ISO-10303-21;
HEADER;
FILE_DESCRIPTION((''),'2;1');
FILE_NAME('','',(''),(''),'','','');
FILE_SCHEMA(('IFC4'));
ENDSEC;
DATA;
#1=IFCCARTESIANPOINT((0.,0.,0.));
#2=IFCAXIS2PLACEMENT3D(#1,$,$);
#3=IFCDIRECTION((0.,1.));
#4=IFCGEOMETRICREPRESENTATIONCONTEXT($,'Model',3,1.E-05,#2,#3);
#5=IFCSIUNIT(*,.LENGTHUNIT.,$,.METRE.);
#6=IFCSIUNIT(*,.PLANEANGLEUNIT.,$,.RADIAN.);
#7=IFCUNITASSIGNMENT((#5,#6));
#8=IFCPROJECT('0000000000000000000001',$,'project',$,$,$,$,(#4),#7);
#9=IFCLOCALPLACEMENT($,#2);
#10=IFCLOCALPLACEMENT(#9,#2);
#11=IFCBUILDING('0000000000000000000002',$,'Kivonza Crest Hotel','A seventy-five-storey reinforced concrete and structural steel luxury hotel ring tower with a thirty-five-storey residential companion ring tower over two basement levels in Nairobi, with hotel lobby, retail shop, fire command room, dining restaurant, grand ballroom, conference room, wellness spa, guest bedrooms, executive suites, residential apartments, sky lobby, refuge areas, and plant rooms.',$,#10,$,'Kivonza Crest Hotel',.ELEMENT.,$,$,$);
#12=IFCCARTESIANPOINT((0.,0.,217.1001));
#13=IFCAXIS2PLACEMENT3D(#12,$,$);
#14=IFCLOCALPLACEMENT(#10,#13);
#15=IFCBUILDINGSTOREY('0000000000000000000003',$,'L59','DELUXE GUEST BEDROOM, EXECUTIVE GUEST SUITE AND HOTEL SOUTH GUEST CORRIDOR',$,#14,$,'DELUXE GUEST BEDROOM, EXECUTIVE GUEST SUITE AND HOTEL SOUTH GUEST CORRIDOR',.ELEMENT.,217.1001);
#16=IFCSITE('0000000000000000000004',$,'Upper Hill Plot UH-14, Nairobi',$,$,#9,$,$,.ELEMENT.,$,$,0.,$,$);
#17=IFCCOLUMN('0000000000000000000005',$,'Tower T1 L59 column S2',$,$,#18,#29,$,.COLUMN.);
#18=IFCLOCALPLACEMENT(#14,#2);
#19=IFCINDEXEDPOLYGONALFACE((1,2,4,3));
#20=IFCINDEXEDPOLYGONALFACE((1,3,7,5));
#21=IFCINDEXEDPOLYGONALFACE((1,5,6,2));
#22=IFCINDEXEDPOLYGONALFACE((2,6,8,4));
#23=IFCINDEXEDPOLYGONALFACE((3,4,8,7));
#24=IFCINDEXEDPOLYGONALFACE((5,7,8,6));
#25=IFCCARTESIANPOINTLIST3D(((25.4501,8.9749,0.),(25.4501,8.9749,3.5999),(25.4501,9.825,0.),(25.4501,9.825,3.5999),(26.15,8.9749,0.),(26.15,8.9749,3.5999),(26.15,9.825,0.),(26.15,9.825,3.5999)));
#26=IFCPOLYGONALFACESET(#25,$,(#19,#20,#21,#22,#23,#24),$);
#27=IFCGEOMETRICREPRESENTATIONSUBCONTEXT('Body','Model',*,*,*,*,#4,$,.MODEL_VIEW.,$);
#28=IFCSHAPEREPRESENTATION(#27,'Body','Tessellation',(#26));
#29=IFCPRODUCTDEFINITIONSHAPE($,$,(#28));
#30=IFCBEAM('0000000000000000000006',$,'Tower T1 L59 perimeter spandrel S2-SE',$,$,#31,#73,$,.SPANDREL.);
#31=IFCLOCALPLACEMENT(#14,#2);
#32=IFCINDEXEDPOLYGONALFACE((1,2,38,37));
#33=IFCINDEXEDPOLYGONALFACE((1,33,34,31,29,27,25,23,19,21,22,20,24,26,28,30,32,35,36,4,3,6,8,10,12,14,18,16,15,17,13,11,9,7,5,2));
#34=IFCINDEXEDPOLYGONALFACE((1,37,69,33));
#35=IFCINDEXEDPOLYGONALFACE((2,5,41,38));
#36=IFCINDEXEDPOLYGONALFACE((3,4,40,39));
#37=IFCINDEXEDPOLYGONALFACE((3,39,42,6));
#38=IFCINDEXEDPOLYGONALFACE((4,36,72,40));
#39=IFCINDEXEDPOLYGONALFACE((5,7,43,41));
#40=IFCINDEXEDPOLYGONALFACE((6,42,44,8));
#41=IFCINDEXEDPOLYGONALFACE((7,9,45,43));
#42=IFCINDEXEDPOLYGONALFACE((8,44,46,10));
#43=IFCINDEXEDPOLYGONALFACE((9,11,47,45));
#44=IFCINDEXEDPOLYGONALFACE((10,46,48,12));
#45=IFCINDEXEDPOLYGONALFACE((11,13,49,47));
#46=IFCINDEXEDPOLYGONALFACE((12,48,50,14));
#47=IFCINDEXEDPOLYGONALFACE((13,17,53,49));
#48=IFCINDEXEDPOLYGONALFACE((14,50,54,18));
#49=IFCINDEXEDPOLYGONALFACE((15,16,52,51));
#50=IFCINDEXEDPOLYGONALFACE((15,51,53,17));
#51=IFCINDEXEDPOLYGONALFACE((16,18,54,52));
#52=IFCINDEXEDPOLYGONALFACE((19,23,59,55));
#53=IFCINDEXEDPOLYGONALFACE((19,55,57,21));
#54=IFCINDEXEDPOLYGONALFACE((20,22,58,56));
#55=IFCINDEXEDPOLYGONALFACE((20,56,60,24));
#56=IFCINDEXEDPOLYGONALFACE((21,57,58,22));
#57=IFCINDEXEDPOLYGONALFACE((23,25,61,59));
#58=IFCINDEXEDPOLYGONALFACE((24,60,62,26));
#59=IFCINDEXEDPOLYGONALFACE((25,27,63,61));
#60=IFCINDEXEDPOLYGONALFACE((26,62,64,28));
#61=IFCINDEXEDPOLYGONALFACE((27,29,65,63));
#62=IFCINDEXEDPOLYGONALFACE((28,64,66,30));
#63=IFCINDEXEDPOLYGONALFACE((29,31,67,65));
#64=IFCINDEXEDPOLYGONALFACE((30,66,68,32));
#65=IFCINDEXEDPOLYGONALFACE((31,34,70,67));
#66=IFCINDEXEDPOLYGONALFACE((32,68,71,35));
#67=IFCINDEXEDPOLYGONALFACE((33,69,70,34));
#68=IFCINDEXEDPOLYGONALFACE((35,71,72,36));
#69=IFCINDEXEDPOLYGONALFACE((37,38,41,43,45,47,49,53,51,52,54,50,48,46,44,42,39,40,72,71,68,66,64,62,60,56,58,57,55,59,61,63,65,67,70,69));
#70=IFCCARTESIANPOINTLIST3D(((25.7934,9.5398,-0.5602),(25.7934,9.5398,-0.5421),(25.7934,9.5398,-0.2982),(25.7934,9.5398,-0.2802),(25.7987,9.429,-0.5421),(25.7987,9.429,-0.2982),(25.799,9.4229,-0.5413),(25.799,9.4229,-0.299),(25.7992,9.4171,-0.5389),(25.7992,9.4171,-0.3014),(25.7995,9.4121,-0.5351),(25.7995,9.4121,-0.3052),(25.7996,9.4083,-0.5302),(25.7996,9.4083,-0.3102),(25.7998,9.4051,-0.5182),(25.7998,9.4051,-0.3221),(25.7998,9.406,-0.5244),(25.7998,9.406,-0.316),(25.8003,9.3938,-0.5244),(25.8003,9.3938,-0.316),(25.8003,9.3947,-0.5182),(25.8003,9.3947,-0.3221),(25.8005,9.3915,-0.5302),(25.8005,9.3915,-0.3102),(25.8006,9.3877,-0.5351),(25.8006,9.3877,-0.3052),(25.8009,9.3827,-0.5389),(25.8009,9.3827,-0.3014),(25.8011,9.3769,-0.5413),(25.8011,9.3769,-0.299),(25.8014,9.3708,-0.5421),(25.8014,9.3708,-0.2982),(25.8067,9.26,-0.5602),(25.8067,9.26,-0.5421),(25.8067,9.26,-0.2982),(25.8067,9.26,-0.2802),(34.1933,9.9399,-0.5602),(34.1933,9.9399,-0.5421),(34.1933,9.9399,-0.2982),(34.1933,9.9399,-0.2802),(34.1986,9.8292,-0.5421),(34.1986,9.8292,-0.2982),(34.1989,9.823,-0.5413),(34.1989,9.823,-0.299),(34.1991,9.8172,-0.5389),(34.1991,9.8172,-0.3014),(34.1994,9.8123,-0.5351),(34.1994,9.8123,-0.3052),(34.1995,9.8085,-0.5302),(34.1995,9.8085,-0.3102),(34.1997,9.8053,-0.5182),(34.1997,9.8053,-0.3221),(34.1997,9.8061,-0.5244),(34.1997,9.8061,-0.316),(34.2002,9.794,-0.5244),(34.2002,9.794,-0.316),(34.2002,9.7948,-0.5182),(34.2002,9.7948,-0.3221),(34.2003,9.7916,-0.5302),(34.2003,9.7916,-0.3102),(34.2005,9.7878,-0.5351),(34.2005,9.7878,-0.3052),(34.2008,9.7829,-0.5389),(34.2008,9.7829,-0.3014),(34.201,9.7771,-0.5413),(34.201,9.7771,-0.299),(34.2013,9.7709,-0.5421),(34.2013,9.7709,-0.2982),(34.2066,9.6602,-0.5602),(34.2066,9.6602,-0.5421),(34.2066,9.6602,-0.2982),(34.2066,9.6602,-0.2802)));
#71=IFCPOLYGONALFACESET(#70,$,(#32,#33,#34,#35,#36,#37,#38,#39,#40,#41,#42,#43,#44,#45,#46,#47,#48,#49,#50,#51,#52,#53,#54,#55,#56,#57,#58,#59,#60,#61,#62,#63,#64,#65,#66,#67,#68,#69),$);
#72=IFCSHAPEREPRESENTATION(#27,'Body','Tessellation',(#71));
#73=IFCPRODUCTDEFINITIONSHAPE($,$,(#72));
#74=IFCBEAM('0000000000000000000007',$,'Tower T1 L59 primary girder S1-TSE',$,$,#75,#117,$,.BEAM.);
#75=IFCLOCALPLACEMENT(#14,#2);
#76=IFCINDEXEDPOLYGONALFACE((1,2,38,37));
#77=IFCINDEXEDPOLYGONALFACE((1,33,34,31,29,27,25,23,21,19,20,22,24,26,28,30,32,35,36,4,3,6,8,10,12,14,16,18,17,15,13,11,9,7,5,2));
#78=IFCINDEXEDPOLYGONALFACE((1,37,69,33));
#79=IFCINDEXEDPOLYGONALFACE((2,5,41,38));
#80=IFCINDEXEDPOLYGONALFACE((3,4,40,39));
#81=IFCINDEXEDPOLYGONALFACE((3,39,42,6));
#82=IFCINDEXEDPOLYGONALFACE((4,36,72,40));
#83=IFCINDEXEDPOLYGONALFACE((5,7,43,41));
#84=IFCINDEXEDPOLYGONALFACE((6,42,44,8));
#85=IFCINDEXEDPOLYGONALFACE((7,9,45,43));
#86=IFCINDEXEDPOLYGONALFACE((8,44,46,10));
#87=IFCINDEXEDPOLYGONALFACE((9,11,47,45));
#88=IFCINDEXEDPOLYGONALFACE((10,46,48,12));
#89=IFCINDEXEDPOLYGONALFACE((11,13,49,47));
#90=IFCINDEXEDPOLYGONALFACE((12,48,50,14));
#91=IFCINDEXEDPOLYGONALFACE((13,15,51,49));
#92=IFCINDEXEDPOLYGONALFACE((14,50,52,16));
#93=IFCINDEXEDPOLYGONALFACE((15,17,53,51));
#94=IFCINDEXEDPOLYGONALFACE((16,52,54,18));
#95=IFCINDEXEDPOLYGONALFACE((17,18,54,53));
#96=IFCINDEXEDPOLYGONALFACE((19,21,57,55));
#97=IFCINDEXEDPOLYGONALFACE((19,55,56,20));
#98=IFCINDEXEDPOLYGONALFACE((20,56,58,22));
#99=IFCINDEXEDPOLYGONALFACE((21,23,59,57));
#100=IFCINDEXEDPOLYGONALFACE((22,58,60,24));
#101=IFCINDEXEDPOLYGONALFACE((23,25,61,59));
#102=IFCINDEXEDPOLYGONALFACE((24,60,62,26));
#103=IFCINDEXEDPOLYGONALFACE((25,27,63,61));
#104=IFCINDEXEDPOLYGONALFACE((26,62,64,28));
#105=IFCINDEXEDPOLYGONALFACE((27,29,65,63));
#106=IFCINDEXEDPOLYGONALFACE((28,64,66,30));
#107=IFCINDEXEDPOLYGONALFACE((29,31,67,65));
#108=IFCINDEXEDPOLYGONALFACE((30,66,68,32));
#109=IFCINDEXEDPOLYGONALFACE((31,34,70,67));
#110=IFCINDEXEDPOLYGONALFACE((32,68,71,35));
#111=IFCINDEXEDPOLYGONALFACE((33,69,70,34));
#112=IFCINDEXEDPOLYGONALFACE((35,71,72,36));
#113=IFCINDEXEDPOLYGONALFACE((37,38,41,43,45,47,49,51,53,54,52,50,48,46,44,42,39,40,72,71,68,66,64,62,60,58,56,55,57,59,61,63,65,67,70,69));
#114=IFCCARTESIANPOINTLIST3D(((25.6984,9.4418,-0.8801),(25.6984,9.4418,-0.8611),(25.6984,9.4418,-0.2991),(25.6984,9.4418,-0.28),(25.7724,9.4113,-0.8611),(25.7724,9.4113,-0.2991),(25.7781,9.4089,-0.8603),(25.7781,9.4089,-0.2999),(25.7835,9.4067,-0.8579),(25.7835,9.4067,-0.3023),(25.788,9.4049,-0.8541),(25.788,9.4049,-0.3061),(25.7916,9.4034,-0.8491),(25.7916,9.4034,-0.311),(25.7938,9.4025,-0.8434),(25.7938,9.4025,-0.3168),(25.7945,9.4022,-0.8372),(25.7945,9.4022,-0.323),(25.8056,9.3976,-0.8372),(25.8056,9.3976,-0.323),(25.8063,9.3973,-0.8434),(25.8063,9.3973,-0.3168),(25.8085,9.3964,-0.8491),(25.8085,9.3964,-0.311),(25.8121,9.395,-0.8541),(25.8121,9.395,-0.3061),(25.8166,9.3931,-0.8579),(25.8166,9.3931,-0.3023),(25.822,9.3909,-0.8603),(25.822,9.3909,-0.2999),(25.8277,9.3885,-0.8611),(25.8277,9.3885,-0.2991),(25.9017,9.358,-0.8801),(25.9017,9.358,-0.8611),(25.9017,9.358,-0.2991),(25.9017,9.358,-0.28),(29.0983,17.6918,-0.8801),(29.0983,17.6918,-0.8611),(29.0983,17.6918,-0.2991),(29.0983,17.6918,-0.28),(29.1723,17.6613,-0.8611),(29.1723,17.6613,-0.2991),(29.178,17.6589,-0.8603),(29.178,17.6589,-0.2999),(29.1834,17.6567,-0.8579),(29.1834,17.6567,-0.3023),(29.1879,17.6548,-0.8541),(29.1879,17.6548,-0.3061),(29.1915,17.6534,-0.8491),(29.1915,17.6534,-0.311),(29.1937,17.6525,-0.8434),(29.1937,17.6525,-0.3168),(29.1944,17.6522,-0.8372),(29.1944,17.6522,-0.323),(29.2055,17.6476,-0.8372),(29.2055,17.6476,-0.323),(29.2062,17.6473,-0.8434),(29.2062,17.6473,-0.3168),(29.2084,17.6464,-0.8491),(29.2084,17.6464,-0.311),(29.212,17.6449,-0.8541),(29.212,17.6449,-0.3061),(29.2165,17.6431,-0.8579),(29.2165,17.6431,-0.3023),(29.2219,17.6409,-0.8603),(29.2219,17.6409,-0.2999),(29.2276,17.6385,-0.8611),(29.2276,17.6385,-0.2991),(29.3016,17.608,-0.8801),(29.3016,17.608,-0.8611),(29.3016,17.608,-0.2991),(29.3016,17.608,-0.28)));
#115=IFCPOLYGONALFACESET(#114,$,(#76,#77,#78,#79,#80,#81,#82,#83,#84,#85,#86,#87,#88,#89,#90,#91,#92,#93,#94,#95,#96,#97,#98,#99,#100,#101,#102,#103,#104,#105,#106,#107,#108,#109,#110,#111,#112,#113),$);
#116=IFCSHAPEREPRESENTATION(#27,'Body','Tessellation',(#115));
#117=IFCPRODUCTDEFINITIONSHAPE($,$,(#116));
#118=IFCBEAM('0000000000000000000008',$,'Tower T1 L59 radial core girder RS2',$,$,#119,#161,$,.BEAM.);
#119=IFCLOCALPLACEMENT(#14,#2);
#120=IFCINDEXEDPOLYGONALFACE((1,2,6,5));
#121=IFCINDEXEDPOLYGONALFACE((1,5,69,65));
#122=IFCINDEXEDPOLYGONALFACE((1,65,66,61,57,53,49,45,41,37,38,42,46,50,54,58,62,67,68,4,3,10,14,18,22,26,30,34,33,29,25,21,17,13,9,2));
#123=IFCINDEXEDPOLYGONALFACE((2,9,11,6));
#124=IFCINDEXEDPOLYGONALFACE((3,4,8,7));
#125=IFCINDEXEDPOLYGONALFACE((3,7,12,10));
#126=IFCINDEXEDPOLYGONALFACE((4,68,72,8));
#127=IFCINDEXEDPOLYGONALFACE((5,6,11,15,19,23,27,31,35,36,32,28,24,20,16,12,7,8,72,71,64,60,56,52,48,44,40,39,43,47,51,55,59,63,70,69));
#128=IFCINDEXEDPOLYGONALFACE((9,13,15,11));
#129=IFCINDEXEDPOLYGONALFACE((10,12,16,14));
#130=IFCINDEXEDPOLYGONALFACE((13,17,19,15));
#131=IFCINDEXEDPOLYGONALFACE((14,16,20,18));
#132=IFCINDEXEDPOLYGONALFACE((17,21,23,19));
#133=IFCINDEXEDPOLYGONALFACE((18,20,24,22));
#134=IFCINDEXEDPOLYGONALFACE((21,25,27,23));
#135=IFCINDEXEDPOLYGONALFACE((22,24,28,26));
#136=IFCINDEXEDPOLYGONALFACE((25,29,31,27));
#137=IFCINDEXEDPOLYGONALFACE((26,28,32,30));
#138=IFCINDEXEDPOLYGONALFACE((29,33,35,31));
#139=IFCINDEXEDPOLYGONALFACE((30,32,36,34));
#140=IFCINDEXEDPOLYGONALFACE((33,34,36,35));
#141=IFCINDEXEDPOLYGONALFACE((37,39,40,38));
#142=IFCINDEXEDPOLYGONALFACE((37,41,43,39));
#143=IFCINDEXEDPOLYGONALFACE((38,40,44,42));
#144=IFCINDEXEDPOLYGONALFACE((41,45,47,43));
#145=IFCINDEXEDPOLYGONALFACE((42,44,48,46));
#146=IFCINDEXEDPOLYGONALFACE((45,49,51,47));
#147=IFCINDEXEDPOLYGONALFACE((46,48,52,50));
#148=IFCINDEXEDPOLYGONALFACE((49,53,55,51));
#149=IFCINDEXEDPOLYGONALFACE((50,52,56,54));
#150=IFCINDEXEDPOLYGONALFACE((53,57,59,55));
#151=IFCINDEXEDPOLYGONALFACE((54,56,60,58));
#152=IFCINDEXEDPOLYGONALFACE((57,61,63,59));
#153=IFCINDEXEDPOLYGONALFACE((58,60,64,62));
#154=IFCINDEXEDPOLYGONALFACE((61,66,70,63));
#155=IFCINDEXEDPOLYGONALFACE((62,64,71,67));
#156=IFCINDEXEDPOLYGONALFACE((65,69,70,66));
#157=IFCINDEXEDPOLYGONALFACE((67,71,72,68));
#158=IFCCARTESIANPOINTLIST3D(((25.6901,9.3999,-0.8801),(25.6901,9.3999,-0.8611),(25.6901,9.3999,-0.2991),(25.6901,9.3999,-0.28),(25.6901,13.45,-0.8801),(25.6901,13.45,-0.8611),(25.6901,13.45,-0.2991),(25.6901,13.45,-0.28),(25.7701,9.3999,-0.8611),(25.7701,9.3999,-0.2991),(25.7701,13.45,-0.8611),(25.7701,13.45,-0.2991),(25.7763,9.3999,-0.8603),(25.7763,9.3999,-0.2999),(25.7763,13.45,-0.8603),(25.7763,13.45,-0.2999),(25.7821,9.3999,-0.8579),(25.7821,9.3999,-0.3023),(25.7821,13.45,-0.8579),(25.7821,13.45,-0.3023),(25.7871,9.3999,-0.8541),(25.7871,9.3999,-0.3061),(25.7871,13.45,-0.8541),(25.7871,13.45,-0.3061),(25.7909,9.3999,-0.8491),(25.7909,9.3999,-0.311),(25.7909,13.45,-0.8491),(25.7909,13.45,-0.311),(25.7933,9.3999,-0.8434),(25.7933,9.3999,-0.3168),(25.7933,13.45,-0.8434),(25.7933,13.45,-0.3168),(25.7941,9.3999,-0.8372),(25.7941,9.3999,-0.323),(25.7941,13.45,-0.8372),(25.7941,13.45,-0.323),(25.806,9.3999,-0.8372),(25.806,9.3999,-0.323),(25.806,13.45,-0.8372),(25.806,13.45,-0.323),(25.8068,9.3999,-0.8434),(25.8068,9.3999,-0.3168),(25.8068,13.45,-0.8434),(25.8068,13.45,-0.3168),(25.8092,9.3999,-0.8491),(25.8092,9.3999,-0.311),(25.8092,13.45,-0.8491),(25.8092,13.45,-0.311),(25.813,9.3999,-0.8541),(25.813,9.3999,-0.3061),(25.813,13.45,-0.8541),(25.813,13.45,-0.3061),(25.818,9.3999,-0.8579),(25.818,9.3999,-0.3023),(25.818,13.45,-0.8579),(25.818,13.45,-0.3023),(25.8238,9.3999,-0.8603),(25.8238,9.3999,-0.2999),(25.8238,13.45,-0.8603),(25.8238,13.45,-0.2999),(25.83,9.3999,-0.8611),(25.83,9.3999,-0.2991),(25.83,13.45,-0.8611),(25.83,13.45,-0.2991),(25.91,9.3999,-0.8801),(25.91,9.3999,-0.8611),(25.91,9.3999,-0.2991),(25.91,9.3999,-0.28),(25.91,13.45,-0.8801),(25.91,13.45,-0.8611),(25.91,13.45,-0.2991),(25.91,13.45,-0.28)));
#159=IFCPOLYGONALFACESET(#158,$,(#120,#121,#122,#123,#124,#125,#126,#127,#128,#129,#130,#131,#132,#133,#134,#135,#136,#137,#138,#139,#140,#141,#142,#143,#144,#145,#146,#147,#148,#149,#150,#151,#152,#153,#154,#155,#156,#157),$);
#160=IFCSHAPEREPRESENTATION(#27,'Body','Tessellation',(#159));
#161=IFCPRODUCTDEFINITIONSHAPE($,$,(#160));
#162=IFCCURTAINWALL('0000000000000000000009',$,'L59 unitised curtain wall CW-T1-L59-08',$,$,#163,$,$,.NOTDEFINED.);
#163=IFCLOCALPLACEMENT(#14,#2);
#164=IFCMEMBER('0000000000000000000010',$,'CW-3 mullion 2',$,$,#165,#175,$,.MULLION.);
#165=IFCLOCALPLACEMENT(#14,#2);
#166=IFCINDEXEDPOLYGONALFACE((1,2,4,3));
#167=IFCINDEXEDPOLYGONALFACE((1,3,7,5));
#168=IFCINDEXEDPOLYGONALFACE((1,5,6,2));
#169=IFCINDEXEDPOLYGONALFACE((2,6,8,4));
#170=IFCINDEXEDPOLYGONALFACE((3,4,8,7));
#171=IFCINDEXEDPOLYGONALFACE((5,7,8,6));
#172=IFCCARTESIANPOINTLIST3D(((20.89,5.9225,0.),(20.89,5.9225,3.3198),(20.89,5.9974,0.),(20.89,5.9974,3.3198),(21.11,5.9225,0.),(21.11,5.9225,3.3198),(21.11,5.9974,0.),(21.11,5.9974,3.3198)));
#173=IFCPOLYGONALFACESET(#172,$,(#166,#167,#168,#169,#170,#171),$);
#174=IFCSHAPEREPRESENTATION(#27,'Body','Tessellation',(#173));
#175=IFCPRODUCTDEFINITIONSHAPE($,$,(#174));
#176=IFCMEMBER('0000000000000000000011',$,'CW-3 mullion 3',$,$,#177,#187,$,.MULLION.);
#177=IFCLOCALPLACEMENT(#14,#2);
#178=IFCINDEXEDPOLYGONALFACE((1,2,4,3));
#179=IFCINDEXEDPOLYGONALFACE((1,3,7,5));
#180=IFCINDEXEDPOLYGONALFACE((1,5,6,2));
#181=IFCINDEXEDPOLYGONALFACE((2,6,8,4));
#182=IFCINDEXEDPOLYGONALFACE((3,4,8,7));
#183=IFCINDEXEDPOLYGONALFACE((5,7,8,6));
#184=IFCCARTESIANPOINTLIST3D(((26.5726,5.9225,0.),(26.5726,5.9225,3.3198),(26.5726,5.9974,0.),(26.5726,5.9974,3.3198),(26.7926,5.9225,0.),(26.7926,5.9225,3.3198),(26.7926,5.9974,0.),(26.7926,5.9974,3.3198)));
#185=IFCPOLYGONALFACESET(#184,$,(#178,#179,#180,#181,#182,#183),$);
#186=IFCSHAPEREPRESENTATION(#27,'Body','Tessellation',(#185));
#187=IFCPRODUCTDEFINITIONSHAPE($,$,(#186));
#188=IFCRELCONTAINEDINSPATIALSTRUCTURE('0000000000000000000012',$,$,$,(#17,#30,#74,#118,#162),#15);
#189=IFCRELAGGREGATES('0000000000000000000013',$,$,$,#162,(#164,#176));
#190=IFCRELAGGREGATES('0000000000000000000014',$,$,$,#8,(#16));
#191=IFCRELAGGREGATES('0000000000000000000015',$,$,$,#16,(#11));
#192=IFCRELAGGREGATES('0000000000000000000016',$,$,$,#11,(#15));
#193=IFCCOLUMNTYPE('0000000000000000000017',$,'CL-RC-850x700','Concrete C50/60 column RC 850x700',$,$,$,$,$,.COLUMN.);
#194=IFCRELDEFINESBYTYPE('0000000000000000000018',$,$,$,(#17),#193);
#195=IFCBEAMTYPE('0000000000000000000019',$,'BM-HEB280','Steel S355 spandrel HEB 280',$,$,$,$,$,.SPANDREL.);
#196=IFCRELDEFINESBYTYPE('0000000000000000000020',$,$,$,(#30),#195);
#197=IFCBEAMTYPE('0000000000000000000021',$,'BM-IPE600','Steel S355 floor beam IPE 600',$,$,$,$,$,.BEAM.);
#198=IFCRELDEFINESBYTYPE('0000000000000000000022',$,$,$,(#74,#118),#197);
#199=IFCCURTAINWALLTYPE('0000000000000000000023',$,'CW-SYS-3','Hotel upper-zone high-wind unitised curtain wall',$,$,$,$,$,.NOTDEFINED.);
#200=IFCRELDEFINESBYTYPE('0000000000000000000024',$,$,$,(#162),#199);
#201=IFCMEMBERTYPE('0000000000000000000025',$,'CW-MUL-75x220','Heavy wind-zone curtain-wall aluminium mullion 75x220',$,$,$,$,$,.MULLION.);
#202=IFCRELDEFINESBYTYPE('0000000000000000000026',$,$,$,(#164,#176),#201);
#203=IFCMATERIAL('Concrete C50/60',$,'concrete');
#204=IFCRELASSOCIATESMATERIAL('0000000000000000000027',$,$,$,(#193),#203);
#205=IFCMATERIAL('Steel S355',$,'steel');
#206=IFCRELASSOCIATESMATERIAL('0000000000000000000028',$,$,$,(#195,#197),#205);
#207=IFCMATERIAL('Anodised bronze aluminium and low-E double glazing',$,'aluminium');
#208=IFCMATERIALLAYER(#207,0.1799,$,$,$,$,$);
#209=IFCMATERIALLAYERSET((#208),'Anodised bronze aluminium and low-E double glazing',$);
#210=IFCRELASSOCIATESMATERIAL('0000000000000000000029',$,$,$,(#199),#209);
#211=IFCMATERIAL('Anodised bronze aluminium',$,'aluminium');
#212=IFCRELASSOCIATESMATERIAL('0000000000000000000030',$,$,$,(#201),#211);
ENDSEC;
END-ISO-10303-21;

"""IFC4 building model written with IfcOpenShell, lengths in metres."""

from ifc_helpers import new_model, si_unit, direction, frame, origin, origin_2d, place, context, subcontext, project, spatial, rectangle, i_section, extrude, material, layer, layer_set, material_profile, profile_set, type_object, element, aggregate, save


model = new_model("IFC4")

# Units and contexts
model_context = context("Model", 3, precision=1e-05, world=origin(), true_north=direction((0.0, 1.0)))
body_context = subcontext(model_context, "Body", "Model", "MODEL_VIEW")
ifc_project = project(units=[si_unit("LENGTHUNIT", "METRE"), si_unit("PLANEANGLEUNIT", "RADIAN")], contexts=[model_context])

# Site, building, storey
site_placement = place(None, origin())
site = spatial("IfcSite", under=ifc_project, at=site_placement, Name="Upper Hill Plot UH-14, Nairobi", CompositionType="ELEMENT", RefElevation=0.0)
building_placement = place(site_placement, origin())
building = spatial("IfcBuilding", under=site, at=building_placement, Name="Kivonza Crest Hotel", Description="A seventy-five-storey reinforced concrete and structural steel luxury hotel ring tower with a thirty-five-storey residential companion ring tower over two basement levels in Nairobi, with hotel lobby, retail shop, fire command room, dining restaurant, grand ballroom, conference room, wellness spa, guest bedrooms, executive suites, residential apartments, sky lobby, refuge areas, and plant rooms.", LongName="Kivonza Crest Hotel", CompositionType="ELEMENT")
storey_placement = place(building_placement, frame((0.0, 0.0, 217.1001)))
storey = spatial("IfcBuildingStorey", under=building, at=storey_placement, Name="L59", Description="DELUXE GUEST BEDROOM, EXECUTIVE GUEST SUITE AND HOTEL SOUTH GUEST CORRIDOR", LongName="DELUXE GUEST BEDROOM, EXECUTIVE GUEST SUITE AND HOTEL SOUTH GUEST CORRIDOR", CompositionType="ELEMENT", Elevation=217.1001)

# Column
ifc_material_1 = material(Name="Concrete C50/60", Category="concrete")
ifc_material_profile_1 = material_profile(ifc_material_1, rectangle(XDim=0.7, YDim=0.8501, at=origin_2d()), Name="RC 850x700")
ifc_profile_set_1 = profile_set([ifc_material_profile_1], Name="Concrete C50/60")
column_type = type_object("IfcColumnType", Name="CL-RC-850x700", Description="Concrete C50/60 column RC 850x700", PredefinedType="COLUMN", material=ifc_profile_set_1)
column_placement = place(storey_placement, frame((25.8, 9.3999, 0.0), z_axis=(0.0, 0.0, 1.0), x_axis=(1.0, 0.0, 0.0)))
element("IfcColumn", 1, at=column_placement, inside=storey, type_object=column_type, Name="Tower T1 L59 column S2", PredefinedType="COLUMN", context=body_context, shape_type="SweptSolid", body=[
    extrude(rectangle(XDim=0.7, YDim=0.8501, at=origin_2d()), origin(), (0.0, 0.0, 1.0), 3.5999),
])

# Beams
ifc_material_2 = material(Name="Steel S355", Category="steel")
ifc_material_profile_2 = material_profile(ifc_material_2, i_section(OverallWidth=0.28, OverallDepth=0.28, WebThickness=0.0105, FlangeThickness=0.0181, FilletRadius=0.0239, at=origin_2d()), Name="HEB 280")
ifc_profile_set_2 = profile_set([ifc_material_profile_2], Name="Steel S355")
beam_type_1 = type_object("IfcBeamType", Name="BM-HEB280", Description="Steel S355 spandrel HEB 280", PredefinedType="SPANDREL", material=ifc_profile_set_2)
beam_1_placement = place(storey_placement, frame((25.8, 9.3999, -0.4202), z_axis=(0.998867, 0.047583, 0.0), x_axis=(-0.047583, 0.998867, 0.0)))
element("IfcBeam", 2, at=beam_1_placement, inside=storey, type_object=beam_type_1, Name="Tower T1 L59 perimeter spandrel S2-SE", PredefinedType="SPANDREL", context=body_context, shape_type="SweptSolid", body=[
    extrude(i_section(OverallWidth=0.28, OverallDepth=0.28, WebThickness=0.0105, FlangeThickness=0.0181, FilletRadius=0.0239, at=origin_2d()), origin(), (0.0, 0.0, 1.0), 8.4094),
])
ifc_material_profile_3 = material_profile(ifc_material_2, i_section(OverallWidth=0.22, OverallDepth=0.6001, WebThickness=0.012, FlangeThickness=0.019, FilletRadius=0.0239, at=origin_2d()), Name="IPE 600")
ifc_profile_set_3 = profile_set([ifc_material_profile_3], Name="Steel S355")
beam_type_2 = type_object("IfcBeamType", Name="BM-IPE600", Description="Steel S355 floor beam IPE 600", PredefinedType="BEAM", material=ifc_profile_set_3)
beam_2_placement = place(storey_placement, frame((25.8, 9.3999, -0.5801), z_axis=(0.381022, 0.924566, 0.0), x_axis=(-0.924566, 0.381022, 0.0)))
element("IfcBeam", 3, at=beam_2_placement, inside=storey, type_object=beam_type_2, Name="Tower T1 L59 primary girder S1-TSE", PredefinedType="BEAM", context=body_context, shape_type="SweptSolid", body=[
    extrude(i_section(OverallWidth=0.22, OverallDepth=0.6001, WebThickness=0.012, FlangeThickness=0.019, FilletRadius=0.0239, at=origin_2d()), origin(), (0.0, 0.0, 1.0), 8.9231),
])
beam_3_placement = place(storey_placement, frame((25.8, 9.3999, -0.5801), z_axis=(0.0, 1.0, 0.0), x_axis=(-1.0, 0.0, 0.0)))
element("IfcBeam", 4, at=beam_3_placement, inside=storey, type_object=beam_type_2, Name="Tower T1 L59 radial core girder RS2", PredefinedType="BEAM", context=body_context, shape_type="SweptSolid", body=[
    extrude(i_section(OverallWidth=0.22, OverallDepth=0.6001, WebThickness=0.012, FlangeThickness=0.019, FilletRadius=0.0239, at=origin_2d()), origin(), (0.0, 0.0, 1.0), 4.05),
])

# Curtain wall, members
ifc_material_3 = material(Name="Anodised bronze aluminium and low-E double glazing", Category="aluminium")
ifc_layer_1 = layer(ifc_material_3, 0.1799)
ifc_layer_set_1 = layer_set([ifc_layer_1], Name="Anodised bronze aluminium and low-E double glazing")
curtain_wall_type = type_object("IfcCurtainWallType", Name="CW-SYS-3", Description="Hotel upper-zone high-wind unitised curtain wall", PredefinedType="NOTDEFINED", material=ifc_layer_set_1)
curtain_wall_placement = place(storey_placement, origin())
curtain_wall = element("IfcCurtainWall", 5, at=curtain_wall_placement, inside=storey, type_object=curtain_wall_type, Name="L59 unitised curtain wall CW-T1-L59-08", PredefinedType="NOTDEFINED")
ifc_material_4 = material(Name="Anodised bronze aluminium", Category="aluminium")
ifc_material_profile_4 = material_profile(ifc_material_4, rectangle(XDim=0.075, YDim=0.22, at=origin_2d()), Name="CW-M 75x220")
ifc_profile_set_4 = profile_set([ifc_material_profile_4], Name="Anodised bronze aluminium")
member_type_1 = type_object("IfcMemberType", Name="CW-MUL-75x220", Description="Heavy wind-zone curtain-wall aluminium mullion 75x220", PredefinedType="MULLION", material=ifc_profile_set_4)
member_1_placement = place(storey_placement, frame((21.0, 5.96, 0.0), z_axis=(0.0, 0.0, 1.0), x_axis=(0.0, 1.0, 0.0)))
member_1 = element("IfcMember", 6, at=member_1_placement, type_object=member_type_1, Name="CW-3 mullion 2", PredefinedType="MULLION", context=body_context, shape_type="SweptSolid", body=[
    extrude(rectangle(XDim=0.075, YDim=0.22, at=origin_2d()), origin(), (0.0, 0.0, 1.0), 3.3198),
])
member_2_placement = place(storey_placement, frame((26.6826, 5.96, 0.0), z_axis=(0.0, 0.0, 1.0), x_axis=(0.0, 1.0, 0.0)))
member_2 = element("IfcMember", 7, at=member_2_placement, type_object=member_type_1, Name="CW-3 mullion 3", PredefinedType="MULLION", context=body_context, shape_type="SweptSolid", body=[
    extrude(rectangle(XDim=0.075, YDim=0.22, at=origin_2d()), origin(), (0.0, 0.0, 1.0), 3.3198),
])
aggregate(curtain_wall, [member_1, member_2])

save(model, "model.ifc")
